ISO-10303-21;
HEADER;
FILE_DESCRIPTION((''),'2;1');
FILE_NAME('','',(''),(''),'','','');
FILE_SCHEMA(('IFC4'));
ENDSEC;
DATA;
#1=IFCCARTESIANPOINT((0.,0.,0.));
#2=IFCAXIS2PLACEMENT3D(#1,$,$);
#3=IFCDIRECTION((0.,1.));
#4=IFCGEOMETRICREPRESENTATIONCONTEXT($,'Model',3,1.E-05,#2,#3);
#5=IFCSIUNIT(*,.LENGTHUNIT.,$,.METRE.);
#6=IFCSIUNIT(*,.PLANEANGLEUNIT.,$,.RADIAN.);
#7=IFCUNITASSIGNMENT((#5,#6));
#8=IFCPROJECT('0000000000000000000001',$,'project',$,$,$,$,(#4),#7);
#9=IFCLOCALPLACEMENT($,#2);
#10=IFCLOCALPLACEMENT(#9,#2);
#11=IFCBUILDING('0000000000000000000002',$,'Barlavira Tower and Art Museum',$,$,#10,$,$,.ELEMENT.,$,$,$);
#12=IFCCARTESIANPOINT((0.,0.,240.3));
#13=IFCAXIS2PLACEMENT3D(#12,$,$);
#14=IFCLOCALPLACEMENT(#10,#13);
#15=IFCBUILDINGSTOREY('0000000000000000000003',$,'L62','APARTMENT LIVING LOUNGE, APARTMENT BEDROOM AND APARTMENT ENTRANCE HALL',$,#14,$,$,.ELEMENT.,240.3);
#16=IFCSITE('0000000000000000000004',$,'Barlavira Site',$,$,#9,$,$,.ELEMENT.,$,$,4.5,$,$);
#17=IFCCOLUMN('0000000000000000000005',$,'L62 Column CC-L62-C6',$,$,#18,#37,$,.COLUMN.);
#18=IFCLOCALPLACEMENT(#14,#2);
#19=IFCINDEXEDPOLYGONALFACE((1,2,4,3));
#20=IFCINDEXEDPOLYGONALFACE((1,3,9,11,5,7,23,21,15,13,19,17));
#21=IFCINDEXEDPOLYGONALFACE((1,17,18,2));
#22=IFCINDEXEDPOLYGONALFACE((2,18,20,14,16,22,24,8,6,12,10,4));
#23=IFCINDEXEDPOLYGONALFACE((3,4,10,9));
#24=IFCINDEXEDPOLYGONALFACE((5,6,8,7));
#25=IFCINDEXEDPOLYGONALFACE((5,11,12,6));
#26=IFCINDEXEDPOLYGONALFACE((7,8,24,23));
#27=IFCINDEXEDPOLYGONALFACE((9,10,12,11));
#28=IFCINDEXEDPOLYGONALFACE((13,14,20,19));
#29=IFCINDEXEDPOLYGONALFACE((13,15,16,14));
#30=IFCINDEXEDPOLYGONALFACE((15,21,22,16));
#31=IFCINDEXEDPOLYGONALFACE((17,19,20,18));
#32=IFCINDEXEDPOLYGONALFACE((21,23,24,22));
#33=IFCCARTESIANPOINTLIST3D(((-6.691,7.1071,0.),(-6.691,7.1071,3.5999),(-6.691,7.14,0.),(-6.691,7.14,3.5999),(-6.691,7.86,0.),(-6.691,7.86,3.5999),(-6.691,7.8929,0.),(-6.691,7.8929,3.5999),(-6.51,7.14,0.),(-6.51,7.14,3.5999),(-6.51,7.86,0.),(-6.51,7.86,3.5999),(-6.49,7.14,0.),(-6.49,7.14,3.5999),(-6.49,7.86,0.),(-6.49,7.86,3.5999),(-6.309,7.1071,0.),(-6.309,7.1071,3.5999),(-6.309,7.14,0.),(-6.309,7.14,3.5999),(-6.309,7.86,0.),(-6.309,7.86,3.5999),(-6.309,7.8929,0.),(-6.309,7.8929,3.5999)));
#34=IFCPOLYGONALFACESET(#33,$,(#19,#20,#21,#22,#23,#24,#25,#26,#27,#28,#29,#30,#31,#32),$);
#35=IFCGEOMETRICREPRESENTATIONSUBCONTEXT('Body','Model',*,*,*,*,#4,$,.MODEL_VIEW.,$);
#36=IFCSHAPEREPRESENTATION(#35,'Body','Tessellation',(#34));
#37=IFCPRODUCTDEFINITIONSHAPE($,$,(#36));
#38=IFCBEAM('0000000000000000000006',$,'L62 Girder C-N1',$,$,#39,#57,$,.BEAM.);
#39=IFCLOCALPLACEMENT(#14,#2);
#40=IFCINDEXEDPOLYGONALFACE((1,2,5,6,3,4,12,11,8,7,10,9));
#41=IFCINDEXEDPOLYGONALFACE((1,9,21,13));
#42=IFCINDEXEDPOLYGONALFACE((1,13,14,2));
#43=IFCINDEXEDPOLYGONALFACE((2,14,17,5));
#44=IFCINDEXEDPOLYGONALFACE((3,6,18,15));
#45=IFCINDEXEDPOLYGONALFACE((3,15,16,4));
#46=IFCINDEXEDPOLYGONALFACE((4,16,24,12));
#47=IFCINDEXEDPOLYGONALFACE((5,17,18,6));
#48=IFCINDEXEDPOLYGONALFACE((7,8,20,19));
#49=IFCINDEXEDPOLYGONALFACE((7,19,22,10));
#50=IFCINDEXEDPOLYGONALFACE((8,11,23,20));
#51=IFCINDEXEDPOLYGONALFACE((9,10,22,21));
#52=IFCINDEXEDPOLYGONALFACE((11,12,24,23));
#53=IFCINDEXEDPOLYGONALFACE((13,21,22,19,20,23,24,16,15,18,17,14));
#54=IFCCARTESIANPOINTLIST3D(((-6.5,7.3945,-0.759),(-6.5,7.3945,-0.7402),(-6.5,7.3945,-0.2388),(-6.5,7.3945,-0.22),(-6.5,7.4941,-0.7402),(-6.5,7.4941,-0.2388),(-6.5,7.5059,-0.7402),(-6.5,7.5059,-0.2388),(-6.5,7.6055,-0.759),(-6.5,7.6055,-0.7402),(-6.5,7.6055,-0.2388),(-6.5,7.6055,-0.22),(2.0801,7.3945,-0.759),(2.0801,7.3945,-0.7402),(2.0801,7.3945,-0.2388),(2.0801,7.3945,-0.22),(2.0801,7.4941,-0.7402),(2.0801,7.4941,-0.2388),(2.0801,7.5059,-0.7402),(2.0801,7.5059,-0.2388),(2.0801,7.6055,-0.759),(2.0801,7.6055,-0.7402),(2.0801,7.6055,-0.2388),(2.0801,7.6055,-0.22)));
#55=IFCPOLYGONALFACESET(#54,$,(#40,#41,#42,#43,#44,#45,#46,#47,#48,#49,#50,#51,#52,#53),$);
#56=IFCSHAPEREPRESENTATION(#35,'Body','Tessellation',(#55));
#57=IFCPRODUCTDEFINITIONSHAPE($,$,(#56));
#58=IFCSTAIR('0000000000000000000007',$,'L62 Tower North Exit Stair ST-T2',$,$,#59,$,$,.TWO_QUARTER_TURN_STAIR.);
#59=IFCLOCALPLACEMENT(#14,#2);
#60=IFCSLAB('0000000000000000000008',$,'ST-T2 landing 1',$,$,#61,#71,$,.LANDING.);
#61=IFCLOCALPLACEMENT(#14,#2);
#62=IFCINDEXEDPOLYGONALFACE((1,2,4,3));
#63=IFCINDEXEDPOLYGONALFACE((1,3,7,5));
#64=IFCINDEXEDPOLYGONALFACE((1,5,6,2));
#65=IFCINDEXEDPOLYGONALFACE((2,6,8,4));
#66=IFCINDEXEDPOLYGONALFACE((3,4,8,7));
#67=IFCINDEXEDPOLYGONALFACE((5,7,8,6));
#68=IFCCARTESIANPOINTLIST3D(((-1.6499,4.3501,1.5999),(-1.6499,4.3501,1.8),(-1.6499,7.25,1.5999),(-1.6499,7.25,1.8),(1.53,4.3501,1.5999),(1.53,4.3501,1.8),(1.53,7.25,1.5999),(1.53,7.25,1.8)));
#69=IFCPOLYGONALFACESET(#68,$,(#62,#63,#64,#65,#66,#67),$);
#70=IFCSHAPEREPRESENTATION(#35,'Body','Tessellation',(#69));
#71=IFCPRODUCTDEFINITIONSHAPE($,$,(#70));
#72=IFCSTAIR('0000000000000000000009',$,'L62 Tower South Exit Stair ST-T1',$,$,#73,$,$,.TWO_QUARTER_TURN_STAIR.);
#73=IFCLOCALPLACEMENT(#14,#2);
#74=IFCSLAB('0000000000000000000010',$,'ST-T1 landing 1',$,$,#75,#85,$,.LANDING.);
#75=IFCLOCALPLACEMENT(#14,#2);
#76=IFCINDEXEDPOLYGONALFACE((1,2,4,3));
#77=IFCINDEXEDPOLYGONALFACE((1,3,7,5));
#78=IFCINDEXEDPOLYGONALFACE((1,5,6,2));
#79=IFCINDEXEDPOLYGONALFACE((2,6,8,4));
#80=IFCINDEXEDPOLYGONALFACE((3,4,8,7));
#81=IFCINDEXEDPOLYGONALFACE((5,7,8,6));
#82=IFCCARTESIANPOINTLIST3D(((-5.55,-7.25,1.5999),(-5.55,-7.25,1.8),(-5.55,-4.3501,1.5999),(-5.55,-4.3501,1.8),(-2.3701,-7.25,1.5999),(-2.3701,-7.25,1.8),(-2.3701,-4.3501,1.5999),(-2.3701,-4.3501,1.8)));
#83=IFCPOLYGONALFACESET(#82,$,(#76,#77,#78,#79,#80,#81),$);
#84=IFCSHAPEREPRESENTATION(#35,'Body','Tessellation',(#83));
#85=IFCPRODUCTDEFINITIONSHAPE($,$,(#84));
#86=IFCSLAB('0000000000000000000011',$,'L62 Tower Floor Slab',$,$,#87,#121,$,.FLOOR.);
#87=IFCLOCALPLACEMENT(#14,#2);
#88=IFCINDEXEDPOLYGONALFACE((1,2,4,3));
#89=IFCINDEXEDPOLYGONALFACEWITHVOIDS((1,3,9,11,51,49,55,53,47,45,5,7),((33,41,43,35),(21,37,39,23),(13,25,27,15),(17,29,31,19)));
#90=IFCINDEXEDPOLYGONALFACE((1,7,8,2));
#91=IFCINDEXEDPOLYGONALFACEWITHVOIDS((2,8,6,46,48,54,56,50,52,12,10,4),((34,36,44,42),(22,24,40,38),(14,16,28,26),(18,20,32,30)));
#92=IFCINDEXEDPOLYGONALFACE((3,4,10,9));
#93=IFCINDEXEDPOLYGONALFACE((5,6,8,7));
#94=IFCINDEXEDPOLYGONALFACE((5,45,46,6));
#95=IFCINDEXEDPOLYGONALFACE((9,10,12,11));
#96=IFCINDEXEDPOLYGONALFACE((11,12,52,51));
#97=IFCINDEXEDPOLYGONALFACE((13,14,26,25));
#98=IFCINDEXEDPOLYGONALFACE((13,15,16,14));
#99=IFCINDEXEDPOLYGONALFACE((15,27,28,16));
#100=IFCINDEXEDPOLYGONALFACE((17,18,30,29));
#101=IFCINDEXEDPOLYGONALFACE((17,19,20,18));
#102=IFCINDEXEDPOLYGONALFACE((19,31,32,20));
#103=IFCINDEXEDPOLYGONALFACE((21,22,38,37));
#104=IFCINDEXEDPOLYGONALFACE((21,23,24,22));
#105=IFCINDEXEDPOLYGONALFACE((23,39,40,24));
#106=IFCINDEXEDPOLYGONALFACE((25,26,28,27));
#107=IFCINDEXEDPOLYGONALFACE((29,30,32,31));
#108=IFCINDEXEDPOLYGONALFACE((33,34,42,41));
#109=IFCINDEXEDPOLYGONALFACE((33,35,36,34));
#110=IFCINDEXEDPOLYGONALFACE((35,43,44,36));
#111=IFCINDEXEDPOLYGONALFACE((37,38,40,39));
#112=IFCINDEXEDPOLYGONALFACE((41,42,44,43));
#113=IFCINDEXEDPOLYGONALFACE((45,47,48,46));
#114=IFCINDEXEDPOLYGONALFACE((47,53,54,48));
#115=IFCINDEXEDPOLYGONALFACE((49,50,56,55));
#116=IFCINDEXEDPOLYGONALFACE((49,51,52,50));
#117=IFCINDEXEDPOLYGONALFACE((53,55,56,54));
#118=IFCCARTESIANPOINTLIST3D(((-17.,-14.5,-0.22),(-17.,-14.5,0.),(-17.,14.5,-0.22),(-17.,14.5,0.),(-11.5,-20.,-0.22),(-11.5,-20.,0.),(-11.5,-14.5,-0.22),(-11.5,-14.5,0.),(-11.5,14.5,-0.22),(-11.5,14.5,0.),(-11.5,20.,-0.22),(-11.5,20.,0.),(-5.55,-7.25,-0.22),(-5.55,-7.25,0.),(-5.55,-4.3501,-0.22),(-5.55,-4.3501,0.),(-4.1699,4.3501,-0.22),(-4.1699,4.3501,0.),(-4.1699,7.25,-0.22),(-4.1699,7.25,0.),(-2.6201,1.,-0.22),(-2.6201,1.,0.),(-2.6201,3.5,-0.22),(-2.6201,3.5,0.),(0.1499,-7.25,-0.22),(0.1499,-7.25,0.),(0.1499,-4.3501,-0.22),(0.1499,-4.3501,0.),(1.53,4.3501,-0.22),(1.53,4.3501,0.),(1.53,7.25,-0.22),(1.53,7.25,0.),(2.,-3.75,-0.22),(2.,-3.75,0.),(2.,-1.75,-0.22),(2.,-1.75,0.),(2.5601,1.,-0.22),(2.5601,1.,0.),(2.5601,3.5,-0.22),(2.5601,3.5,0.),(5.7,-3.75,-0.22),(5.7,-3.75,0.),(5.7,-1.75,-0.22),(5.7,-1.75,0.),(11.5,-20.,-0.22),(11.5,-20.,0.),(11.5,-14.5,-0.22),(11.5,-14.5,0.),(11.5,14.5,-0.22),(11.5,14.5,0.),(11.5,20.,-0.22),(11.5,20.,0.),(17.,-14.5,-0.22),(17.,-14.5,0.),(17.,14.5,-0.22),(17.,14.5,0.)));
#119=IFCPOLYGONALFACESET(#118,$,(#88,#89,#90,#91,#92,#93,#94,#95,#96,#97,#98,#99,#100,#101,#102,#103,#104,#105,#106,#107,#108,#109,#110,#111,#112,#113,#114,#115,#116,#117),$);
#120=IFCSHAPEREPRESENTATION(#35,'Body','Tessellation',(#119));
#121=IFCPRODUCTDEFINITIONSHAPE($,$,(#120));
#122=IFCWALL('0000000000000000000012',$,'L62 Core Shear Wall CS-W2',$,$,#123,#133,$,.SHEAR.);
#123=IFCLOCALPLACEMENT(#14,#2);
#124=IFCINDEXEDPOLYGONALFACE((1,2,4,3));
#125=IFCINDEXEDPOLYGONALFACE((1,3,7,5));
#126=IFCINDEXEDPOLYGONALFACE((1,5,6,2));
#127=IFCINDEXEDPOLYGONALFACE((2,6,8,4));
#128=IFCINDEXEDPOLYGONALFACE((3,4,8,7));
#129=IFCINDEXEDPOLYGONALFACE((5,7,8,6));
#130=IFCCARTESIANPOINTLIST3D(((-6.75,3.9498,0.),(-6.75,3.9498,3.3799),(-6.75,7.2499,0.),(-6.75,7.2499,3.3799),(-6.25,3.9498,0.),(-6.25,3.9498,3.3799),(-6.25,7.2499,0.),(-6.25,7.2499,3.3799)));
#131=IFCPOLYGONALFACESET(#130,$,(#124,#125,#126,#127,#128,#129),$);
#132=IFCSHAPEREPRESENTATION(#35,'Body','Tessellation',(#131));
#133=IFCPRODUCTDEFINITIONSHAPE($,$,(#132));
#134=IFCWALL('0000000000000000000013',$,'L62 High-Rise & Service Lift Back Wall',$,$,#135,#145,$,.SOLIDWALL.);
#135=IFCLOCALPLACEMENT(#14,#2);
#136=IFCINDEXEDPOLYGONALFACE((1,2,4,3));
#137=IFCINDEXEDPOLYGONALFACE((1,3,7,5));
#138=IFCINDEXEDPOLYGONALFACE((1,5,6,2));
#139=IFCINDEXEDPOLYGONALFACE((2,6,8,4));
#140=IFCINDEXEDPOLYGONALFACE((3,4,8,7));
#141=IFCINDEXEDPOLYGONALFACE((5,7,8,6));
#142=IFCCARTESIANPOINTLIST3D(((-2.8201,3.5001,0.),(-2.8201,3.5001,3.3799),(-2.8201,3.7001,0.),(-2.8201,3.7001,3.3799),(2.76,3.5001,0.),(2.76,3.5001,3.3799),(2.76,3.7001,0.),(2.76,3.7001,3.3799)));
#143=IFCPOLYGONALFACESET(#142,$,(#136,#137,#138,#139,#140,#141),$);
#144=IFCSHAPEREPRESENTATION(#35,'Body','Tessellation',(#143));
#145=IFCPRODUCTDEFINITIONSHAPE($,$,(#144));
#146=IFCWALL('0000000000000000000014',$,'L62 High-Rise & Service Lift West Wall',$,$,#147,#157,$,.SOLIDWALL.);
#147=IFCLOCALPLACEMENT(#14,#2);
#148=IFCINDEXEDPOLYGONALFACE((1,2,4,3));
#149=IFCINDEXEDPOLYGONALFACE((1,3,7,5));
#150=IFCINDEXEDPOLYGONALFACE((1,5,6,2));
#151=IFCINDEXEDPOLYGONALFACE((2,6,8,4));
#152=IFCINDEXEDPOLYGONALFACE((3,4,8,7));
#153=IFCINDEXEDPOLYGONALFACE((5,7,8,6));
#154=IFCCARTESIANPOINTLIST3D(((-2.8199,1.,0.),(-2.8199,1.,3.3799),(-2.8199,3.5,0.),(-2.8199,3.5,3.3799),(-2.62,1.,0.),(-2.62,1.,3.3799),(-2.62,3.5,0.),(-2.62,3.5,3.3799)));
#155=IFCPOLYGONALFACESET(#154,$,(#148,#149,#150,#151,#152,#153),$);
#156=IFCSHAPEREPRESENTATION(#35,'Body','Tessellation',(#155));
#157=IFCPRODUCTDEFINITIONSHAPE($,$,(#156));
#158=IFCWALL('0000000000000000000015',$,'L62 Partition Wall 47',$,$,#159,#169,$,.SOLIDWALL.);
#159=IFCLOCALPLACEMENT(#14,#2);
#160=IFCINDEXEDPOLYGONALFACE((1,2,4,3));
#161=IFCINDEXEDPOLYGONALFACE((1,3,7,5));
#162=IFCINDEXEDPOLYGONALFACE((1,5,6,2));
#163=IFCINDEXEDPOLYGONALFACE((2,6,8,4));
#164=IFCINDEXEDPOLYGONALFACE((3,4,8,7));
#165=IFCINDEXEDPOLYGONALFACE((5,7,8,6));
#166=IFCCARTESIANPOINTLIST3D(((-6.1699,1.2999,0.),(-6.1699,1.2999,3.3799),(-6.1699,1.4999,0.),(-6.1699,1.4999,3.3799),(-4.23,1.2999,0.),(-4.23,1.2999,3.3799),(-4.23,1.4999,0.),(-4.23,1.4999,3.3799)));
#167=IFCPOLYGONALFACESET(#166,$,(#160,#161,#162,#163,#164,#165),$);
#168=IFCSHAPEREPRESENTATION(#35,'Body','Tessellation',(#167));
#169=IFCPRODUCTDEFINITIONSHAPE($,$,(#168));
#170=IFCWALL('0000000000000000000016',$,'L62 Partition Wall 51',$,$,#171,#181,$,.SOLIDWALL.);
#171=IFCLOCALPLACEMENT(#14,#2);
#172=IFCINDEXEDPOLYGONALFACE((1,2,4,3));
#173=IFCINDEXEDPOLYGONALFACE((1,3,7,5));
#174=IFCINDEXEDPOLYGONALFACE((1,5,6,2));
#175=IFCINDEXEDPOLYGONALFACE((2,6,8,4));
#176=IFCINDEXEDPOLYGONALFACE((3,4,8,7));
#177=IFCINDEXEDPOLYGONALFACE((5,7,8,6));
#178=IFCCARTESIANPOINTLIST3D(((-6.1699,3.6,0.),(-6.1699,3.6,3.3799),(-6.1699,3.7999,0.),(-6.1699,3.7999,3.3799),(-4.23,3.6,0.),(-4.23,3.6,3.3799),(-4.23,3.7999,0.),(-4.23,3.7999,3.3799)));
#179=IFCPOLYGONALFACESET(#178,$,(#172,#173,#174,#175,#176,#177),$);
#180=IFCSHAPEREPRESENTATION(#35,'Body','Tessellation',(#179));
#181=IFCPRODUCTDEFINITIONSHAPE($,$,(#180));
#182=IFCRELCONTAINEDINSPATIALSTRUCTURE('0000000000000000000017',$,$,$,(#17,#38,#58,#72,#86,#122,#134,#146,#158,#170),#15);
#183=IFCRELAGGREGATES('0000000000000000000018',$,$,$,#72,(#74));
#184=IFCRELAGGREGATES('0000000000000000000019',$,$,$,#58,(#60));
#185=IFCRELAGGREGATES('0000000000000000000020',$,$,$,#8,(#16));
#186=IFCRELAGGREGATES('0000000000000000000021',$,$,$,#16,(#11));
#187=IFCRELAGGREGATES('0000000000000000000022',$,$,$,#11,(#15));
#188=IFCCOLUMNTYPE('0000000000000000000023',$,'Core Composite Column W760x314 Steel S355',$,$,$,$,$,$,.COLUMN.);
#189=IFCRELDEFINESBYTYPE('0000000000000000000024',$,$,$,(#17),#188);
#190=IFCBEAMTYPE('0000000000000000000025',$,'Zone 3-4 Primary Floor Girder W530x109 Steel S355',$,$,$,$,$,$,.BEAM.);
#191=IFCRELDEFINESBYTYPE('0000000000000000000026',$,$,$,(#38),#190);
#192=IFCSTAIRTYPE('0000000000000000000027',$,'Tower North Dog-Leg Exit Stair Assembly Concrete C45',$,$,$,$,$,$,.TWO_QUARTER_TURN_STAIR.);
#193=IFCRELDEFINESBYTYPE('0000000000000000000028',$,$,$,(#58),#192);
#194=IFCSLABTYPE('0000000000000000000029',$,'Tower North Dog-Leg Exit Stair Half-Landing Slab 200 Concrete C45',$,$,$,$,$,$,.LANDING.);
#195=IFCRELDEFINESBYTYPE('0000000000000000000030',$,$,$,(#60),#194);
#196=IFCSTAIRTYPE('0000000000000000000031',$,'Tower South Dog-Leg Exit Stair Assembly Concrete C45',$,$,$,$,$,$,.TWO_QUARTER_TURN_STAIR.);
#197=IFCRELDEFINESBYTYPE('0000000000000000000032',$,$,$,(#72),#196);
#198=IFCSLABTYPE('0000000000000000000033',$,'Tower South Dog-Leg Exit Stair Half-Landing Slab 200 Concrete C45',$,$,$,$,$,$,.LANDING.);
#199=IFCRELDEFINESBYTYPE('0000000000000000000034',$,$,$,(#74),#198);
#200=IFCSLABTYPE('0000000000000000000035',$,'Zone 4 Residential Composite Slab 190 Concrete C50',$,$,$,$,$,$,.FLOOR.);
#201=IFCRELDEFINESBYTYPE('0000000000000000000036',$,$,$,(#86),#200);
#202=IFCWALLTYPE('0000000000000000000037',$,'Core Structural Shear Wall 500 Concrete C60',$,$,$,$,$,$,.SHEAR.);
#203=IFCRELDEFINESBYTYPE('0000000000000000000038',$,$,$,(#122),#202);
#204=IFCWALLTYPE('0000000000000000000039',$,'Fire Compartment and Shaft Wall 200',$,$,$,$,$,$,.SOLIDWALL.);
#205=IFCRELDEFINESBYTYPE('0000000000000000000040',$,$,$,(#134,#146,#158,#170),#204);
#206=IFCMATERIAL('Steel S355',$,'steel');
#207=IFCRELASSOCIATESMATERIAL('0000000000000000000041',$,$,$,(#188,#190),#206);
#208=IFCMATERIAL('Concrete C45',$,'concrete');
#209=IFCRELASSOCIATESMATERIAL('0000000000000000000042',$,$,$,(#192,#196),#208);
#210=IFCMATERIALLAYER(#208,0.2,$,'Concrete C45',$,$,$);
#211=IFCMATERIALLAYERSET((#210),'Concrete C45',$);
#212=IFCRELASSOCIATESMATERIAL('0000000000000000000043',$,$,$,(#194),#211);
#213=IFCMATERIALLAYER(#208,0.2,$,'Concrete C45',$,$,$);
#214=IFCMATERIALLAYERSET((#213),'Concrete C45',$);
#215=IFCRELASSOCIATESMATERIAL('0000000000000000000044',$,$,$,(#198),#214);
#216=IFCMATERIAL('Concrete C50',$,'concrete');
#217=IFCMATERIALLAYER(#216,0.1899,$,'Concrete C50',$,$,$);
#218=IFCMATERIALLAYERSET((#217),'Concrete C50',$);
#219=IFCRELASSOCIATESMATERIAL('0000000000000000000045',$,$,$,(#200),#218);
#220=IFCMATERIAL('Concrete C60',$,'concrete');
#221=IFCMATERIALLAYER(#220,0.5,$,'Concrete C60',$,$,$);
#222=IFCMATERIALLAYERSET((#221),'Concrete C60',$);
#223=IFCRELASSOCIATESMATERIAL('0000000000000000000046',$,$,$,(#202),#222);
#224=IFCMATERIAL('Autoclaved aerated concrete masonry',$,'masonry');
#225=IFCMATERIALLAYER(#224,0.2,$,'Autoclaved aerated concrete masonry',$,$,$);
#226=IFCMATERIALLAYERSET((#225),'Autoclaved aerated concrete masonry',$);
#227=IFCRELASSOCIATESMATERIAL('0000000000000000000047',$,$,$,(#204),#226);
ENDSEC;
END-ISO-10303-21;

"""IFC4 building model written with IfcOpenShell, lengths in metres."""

from ifc_helpers import new_model, si_unit, direction, frame, frame_2d, origin, origin_2d, place, context, subcontext, project, spatial, polyline, rectangle, i_section, outline, extrude, material, layer, layer_set, material_profile, profile_set, type_object, element, aggregate, save


model = new_model("IFC4")

# Units and contexts
model_context = context("Model", 3, precision=1e-05, world=origin(), true_north=direction((0.0, 1.0)))
body_context = subcontext(model_context, "Body", "Model", "MODEL_VIEW")
ifc_project = project(units=[si_unit("LENGTHUNIT", "METRE"), si_unit("PLANEANGLEUNIT", "RADIAN")], contexts=[model_context])

# Site, building, storey
site_placement = place(None, origin())
site = spatial("IfcSite", under=ifc_project, at=site_placement, Name="Barlavira Site", CompositionType="ELEMENT", RefElevation=4.5)
building_placement = place(site_placement, origin())
building = spatial("IfcBuilding", under=site, at=building_placement, Name="Barlavira Tower and Art Museum", CompositionType="ELEMENT")
storey_placement = place(building_placement, frame((0.0, 0.0, 240.3)))
storey = spatial("IfcBuildingStorey", under=building, at=storey_placement, Name="L62", Description="APARTMENT LIVING LOUNGE, APARTMENT BEDROOM AND APARTMENT ENTRANCE HALL", CompositionType="ELEMENT", Elevation=240.3)

# Column
ifc_material_1 = material(Name="Steel S355", Category="steel")
ifc_material_profile_1 = material_profile(ifc_material_1, i_section(OverallWidth=0.3821, OverallDepth=0.7859, WebThickness=0.02, FlangeThickness=0.033, at=origin_2d()), Name="W760x314.0")
ifc_profile_set_1 = profile_set([ifc_material_profile_1], Name="Steel S355")
column_type = type_object("IfcColumnType", Name="Core Composite Column W760x314 Steel S355", PredefinedType="COLUMN", material=ifc_profile_set_1)
column_placement = place(storey_placement, frame((-6.5, 7.5, 0.0), z_axis=(0.0, 0.0, 1.0), x_axis=(1.0, 0.0, 0.0)))
element("IfcColumn", 1, at=column_placement, inside=storey, type_object=column_type, Name="L62 Column CC-L62-C6", PredefinedType="COLUMN", context=body_context, shape_type="SweptSolid", body=[
    extrude(i_section(OverallWidth=0.3821, OverallDepth=0.7859, WebThickness=0.02, FlangeThickness=0.033, at=origin_2d()), origin(), (0.0, 0.0, 1.0), 3.5999),
])

# Beam
ifc_material_profile_2 = material_profile(ifc_material_1, i_section(OverallWidth=0.2109, OverallDepth=0.5391, WebThickness=0.0117, FlangeThickness=0.0188, at=origin_2d()), Name="W530x109.0")
ifc_profile_set_2 = profile_set([ifc_material_profile_2], Name="Steel S355")
beam_type = type_object("IfcBeamType", Name="Zone 3-4 Primary Floor Girder W530x109 Steel S355", PredefinedType="BEAM", material=ifc_profile_set_2)
beam_placement = place(storey_placement, frame((-6.5, 7.5, -0.4895), z_axis=(1.0, 0.0, 0.0), x_axis=(0.0, 1.0, 0.0)))
element("IfcBeam", 2, at=beam_placement, inside=storey, type_object=beam_type, Name="L62 Girder C-N1", PredefinedType="BEAM", context=body_context, shape_type="SweptSolid", body=[
    extrude(i_section(OverallWidth=0.2109, OverallDepth=0.5391, WebThickness=0.0117, FlangeThickness=0.0188, at=origin_2d()), origin(), (0.0, 0.0, 1.0), 8.5801),
])

# Stairs, slabs
ifc_material_2 = material(Name="Concrete C45", Category="concrete")
stair_type_1 = type_object("IfcStairType", Name="Tower North Dog-Leg Exit Stair Assembly Concrete C45", PredefinedType="TWO_QUARTER_TURN_STAIR", material=ifc_material_2)
stair_1_placement = place(storey_placement, origin())
stair_1 = element("IfcStair", 3, at=stair_1_placement, inside=storey, type_object=stair_type_1, Name="L62 Tower North Exit Stair ST-T2", PredefinedType="TWO_QUARTER_TURN_STAIR")
ifc_layer_1 = layer(ifc_material_2, 0.2, Name="Concrete C45")
ifc_layer_set_1 = layer_set([ifc_layer_1], Name="Concrete C45")
slab_type_1 = type_object("IfcSlabType", Name="Tower North Dog-Leg Exit Stair Half-Landing Slab 200 Concrete C45", PredefinedType="LANDING", material=ifc_layer_set_1)
slab_1_placement = place(storey_placement, frame((0.0, 0.0, 1.5999)))
slab_1 = element("IfcSlab", 4, at=slab_1_placement, type_object=slab_type_1, Name="ST-T2 landing 1", PredefinedType="LANDING", context=body_context, shape_type="SweptSolid", body=[
    extrude(outline(polyline([(-1.6499, 4.3501), (1.53, 4.3501), (1.53, 7.25), (-1.6499, 7.25), (-1.6499, 4.3501)])), origin(), (0.0, 0.0, 1.0), 0.2002),
])
stair_type_2 = type_object("IfcStairType", Name="Tower South Dog-Leg Exit Stair Assembly Concrete C45", PredefinedType="TWO_QUARTER_TURN_STAIR", material=ifc_material_2)
stair_2_placement = place(storey_placement, origin())
stair_2 = element("IfcStair", 5, at=stair_2_placement, inside=storey, type_object=stair_type_2, Name="L62 Tower South Exit Stair ST-T1", PredefinedType="TWO_QUARTER_TURN_STAIR")
ifc_layer_2 = layer(ifc_material_2, 0.2, Name="Concrete C45")
ifc_layer_set_2 = layer_set([ifc_layer_2], Name="Concrete C45")
slab_type_2 = type_object("IfcSlabType", Name="Tower South Dog-Leg Exit Stair Half-Landing Slab 200 Concrete C45", PredefinedType="LANDING", material=ifc_layer_set_2)
slab_2_placement = place(storey_placement, frame((0.0, 0.0, 1.5999)))
slab_2 = element("IfcSlab", 6, at=slab_2_placement, type_object=slab_type_2, Name="ST-T1 landing 1", PredefinedType="LANDING", context=body_context, shape_type="SweptSolid", body=[
    extrude(outline(polyline([(-2.3701, -4.3501), (-5.55, -4.3501), (-5.55, -7.25), (-2.3701, -7.25), (-2.3701, -4.3501)])), origin(), (0.0, 0.0, 1.0), 0.2002),
])
aggregate(stair_2, [slab_2])

# Slab
ifc_material_3 = material(Name="Concrete C50", Category="concrete")
ifc_layer_3 = layer(ifc_material_3, 0.1899, Name="Concrete C50")
ifc_layer_set_3 = layer_set([ifc_layer_3], Name="Concrete C50")
slab_type_3 = type_object("IfcSlabType", Name="Zone 4 Residential Composite Slab 190 Concrete C50", PredefinedType="FLOOR", material=ifc_layer_set_3)
slab_3_placement = place(storey_placement, frame((0.0, 0.0, -0.22)))
element("IfcSlab", 7, at=slab_3_placement, inside=storey, type_object=slab_type_3, Name="L62 Tower Floor Slab", PredefinedType="FLOOR", context=body_context, shape_type="SweptSolid", body=[
    extrude(outline(polyline([(-11.5, -20.0), (11.5, -20.0), (11.5, -14.5), (17.0, -14.5), (17.0, 14.5), (11.5, 14.5), (11.5, 20.0), (-11.5, 20.0), (-11.5, 14.5), (-17.0, 14.5), (-17.0, -14.5), (-11.5, -14.5), (-11.5, -20.0)]), holes=[polyline([(0.1499, -4.3501), (-5.55, -4.3501), (-5.55, -7.25), (0.1499, -7.25), (0.1499, -4.3501)]), polyline([(-4.1699, 4.3501), (1.53, 4.3501), (1.53, 7.25), (-4.1699, 7.25), (-4.1699, 4.3501)]), polyline([(-2.6201, 1.0), (2.5601, 1.0), (2.5601, 3.5), (-2.6201, 3.5), (-2.6201, 1.0)]), polyline([(2.0, -3.75), (5.7, -3.75), (5.7, -1.75), (2.0, -1.75), (2.0, -3.75)])]), origin(), (0.0, 0.0, 1.0), 0.22),
])

# Wall
ifc_material_4 = material(Name="Concrete C60", Category="concrete")
ifc_layer_4 = layer(ifc_material_4, 0.5, Name="Concrete C60")
ifc_layer_set_4 = layer_set([ifc_layer_4], Name="Concrete C60")
wall_type_1 = type_object("IfcWallType", Name="Core Structural Shear Wall 500 Concrete C60", PredefinedType="SHEAR", material=ifc_layer_set_4)
wall_1_placement = place(storey_placement, frame((-6.5, 3.95, 0.0), z_axis=(0.0, 0.0, 1.0), x_axis=(0.0, 1.0, 0.0)))
element("IfcWall", 8, at=wall_1_placement, inside=storey, type_object=wall_type_1, Name="L62 Core Shear Wall CS-W2", PredefinedType="SHEAR", context=body_context, shape_type="SweptSolid", body=[
    extrude(rectangle(XDim=3.3, YDim=0.5, at=frame_2d((1.6499, 0.0))), origin(), (0.0, 0.0, 1.0), 3.3799),
])

# Shared definitions
ifc_material_5 = material(Name="Autoclaved aerated concrete masonry", Category="masonry")
ifc_layer_5 = layer(ifc_material_5, 0.2, Name="Autoclaved aerated concrete masonry")
ifc_layer_set_5 = layer_set([ifc_layer_5], Name="Autoclaved aerated concrete masonry")
wall_type_2 = type_object("IfcWallType", Name="Fire Compartment and Shaft Wall 200", PredefinedType="SOLIDWALL", material=ifc_layer_set_5)

# Walls
wall_2_placement = place(storey_placement, frame((-2.8201, 3.6001, 0.0), z_axis=(0.0, 0.0, 1.0), x_axis=(1.0, 0.0, 0.0)))
element("IfcWall", 9, at=wall_2_placement, inside=storey, type_object=wall_type_2, Name="L62 High-Rise & Service Lift Back Wall", PredefinedType="SOLIDWALL", context=body_context, shape_type="SweptSolid", body=[
    extrude(rectangle(XDim=5.5801, YDim=0.2, at=frame_2d((2.79, 0.0))), origin(), (0.0, 0.0, 1.0), 3.3799),
])
wall_3_placement = place(storey_placement, frame((-2.72, 1.0, 0.0), z_axis=(0.0, 0.0, 1.0), x_axis=(0.0, 1.0, 0.0)))
element("IfcWall", 10, at=wall_3_placement, inside=storey, type_object=wall_type_2, Name="L62 High-Rise & Service Lift West Wall", PredefinedType="SOLIDWALL", context=body_context, shape_type="SweptSolid", body=[
    extrude(rectangle(XDim=2.5, YDim=0.2, at=frame_2d((1.25, 0.0))), origin(), (0.0, 0.0, 1.0), 3.3799),
])
for number, where, z_axis, x_axis, name in (
    (11, (-6.1699, 1.3999, 0.0), (0.0, 0.0, 1.0), (1.0, 0.0, 0.0), "L62 Partition Wall 47"),
    (12, (-6.1699, 3.7, 0.0), (0.0, 0.0, 1.0), (1.0, 0.0, 0.0), "L62 Partition Wall 51"),
):
    element("IfcWall", number, at=place(storey_placement, frame(where, z_axis=z_axis, x_axis=x_axis)), inside=storey, type_object=wall_type_2, Name=name, PredefinedType="SOLIDWALL", context=body_context, shape_type="SweptSolid", body=[
        extrude(rectangle(XDim=1.9399, YDim=0.2, at=frame_2d((0.97, 0.0))), origin(), (0.0, 0.0, 1.0), 3.3799),
    ])

aggregate(stair_1, [slab_1])

save(model, "model.ifc")
